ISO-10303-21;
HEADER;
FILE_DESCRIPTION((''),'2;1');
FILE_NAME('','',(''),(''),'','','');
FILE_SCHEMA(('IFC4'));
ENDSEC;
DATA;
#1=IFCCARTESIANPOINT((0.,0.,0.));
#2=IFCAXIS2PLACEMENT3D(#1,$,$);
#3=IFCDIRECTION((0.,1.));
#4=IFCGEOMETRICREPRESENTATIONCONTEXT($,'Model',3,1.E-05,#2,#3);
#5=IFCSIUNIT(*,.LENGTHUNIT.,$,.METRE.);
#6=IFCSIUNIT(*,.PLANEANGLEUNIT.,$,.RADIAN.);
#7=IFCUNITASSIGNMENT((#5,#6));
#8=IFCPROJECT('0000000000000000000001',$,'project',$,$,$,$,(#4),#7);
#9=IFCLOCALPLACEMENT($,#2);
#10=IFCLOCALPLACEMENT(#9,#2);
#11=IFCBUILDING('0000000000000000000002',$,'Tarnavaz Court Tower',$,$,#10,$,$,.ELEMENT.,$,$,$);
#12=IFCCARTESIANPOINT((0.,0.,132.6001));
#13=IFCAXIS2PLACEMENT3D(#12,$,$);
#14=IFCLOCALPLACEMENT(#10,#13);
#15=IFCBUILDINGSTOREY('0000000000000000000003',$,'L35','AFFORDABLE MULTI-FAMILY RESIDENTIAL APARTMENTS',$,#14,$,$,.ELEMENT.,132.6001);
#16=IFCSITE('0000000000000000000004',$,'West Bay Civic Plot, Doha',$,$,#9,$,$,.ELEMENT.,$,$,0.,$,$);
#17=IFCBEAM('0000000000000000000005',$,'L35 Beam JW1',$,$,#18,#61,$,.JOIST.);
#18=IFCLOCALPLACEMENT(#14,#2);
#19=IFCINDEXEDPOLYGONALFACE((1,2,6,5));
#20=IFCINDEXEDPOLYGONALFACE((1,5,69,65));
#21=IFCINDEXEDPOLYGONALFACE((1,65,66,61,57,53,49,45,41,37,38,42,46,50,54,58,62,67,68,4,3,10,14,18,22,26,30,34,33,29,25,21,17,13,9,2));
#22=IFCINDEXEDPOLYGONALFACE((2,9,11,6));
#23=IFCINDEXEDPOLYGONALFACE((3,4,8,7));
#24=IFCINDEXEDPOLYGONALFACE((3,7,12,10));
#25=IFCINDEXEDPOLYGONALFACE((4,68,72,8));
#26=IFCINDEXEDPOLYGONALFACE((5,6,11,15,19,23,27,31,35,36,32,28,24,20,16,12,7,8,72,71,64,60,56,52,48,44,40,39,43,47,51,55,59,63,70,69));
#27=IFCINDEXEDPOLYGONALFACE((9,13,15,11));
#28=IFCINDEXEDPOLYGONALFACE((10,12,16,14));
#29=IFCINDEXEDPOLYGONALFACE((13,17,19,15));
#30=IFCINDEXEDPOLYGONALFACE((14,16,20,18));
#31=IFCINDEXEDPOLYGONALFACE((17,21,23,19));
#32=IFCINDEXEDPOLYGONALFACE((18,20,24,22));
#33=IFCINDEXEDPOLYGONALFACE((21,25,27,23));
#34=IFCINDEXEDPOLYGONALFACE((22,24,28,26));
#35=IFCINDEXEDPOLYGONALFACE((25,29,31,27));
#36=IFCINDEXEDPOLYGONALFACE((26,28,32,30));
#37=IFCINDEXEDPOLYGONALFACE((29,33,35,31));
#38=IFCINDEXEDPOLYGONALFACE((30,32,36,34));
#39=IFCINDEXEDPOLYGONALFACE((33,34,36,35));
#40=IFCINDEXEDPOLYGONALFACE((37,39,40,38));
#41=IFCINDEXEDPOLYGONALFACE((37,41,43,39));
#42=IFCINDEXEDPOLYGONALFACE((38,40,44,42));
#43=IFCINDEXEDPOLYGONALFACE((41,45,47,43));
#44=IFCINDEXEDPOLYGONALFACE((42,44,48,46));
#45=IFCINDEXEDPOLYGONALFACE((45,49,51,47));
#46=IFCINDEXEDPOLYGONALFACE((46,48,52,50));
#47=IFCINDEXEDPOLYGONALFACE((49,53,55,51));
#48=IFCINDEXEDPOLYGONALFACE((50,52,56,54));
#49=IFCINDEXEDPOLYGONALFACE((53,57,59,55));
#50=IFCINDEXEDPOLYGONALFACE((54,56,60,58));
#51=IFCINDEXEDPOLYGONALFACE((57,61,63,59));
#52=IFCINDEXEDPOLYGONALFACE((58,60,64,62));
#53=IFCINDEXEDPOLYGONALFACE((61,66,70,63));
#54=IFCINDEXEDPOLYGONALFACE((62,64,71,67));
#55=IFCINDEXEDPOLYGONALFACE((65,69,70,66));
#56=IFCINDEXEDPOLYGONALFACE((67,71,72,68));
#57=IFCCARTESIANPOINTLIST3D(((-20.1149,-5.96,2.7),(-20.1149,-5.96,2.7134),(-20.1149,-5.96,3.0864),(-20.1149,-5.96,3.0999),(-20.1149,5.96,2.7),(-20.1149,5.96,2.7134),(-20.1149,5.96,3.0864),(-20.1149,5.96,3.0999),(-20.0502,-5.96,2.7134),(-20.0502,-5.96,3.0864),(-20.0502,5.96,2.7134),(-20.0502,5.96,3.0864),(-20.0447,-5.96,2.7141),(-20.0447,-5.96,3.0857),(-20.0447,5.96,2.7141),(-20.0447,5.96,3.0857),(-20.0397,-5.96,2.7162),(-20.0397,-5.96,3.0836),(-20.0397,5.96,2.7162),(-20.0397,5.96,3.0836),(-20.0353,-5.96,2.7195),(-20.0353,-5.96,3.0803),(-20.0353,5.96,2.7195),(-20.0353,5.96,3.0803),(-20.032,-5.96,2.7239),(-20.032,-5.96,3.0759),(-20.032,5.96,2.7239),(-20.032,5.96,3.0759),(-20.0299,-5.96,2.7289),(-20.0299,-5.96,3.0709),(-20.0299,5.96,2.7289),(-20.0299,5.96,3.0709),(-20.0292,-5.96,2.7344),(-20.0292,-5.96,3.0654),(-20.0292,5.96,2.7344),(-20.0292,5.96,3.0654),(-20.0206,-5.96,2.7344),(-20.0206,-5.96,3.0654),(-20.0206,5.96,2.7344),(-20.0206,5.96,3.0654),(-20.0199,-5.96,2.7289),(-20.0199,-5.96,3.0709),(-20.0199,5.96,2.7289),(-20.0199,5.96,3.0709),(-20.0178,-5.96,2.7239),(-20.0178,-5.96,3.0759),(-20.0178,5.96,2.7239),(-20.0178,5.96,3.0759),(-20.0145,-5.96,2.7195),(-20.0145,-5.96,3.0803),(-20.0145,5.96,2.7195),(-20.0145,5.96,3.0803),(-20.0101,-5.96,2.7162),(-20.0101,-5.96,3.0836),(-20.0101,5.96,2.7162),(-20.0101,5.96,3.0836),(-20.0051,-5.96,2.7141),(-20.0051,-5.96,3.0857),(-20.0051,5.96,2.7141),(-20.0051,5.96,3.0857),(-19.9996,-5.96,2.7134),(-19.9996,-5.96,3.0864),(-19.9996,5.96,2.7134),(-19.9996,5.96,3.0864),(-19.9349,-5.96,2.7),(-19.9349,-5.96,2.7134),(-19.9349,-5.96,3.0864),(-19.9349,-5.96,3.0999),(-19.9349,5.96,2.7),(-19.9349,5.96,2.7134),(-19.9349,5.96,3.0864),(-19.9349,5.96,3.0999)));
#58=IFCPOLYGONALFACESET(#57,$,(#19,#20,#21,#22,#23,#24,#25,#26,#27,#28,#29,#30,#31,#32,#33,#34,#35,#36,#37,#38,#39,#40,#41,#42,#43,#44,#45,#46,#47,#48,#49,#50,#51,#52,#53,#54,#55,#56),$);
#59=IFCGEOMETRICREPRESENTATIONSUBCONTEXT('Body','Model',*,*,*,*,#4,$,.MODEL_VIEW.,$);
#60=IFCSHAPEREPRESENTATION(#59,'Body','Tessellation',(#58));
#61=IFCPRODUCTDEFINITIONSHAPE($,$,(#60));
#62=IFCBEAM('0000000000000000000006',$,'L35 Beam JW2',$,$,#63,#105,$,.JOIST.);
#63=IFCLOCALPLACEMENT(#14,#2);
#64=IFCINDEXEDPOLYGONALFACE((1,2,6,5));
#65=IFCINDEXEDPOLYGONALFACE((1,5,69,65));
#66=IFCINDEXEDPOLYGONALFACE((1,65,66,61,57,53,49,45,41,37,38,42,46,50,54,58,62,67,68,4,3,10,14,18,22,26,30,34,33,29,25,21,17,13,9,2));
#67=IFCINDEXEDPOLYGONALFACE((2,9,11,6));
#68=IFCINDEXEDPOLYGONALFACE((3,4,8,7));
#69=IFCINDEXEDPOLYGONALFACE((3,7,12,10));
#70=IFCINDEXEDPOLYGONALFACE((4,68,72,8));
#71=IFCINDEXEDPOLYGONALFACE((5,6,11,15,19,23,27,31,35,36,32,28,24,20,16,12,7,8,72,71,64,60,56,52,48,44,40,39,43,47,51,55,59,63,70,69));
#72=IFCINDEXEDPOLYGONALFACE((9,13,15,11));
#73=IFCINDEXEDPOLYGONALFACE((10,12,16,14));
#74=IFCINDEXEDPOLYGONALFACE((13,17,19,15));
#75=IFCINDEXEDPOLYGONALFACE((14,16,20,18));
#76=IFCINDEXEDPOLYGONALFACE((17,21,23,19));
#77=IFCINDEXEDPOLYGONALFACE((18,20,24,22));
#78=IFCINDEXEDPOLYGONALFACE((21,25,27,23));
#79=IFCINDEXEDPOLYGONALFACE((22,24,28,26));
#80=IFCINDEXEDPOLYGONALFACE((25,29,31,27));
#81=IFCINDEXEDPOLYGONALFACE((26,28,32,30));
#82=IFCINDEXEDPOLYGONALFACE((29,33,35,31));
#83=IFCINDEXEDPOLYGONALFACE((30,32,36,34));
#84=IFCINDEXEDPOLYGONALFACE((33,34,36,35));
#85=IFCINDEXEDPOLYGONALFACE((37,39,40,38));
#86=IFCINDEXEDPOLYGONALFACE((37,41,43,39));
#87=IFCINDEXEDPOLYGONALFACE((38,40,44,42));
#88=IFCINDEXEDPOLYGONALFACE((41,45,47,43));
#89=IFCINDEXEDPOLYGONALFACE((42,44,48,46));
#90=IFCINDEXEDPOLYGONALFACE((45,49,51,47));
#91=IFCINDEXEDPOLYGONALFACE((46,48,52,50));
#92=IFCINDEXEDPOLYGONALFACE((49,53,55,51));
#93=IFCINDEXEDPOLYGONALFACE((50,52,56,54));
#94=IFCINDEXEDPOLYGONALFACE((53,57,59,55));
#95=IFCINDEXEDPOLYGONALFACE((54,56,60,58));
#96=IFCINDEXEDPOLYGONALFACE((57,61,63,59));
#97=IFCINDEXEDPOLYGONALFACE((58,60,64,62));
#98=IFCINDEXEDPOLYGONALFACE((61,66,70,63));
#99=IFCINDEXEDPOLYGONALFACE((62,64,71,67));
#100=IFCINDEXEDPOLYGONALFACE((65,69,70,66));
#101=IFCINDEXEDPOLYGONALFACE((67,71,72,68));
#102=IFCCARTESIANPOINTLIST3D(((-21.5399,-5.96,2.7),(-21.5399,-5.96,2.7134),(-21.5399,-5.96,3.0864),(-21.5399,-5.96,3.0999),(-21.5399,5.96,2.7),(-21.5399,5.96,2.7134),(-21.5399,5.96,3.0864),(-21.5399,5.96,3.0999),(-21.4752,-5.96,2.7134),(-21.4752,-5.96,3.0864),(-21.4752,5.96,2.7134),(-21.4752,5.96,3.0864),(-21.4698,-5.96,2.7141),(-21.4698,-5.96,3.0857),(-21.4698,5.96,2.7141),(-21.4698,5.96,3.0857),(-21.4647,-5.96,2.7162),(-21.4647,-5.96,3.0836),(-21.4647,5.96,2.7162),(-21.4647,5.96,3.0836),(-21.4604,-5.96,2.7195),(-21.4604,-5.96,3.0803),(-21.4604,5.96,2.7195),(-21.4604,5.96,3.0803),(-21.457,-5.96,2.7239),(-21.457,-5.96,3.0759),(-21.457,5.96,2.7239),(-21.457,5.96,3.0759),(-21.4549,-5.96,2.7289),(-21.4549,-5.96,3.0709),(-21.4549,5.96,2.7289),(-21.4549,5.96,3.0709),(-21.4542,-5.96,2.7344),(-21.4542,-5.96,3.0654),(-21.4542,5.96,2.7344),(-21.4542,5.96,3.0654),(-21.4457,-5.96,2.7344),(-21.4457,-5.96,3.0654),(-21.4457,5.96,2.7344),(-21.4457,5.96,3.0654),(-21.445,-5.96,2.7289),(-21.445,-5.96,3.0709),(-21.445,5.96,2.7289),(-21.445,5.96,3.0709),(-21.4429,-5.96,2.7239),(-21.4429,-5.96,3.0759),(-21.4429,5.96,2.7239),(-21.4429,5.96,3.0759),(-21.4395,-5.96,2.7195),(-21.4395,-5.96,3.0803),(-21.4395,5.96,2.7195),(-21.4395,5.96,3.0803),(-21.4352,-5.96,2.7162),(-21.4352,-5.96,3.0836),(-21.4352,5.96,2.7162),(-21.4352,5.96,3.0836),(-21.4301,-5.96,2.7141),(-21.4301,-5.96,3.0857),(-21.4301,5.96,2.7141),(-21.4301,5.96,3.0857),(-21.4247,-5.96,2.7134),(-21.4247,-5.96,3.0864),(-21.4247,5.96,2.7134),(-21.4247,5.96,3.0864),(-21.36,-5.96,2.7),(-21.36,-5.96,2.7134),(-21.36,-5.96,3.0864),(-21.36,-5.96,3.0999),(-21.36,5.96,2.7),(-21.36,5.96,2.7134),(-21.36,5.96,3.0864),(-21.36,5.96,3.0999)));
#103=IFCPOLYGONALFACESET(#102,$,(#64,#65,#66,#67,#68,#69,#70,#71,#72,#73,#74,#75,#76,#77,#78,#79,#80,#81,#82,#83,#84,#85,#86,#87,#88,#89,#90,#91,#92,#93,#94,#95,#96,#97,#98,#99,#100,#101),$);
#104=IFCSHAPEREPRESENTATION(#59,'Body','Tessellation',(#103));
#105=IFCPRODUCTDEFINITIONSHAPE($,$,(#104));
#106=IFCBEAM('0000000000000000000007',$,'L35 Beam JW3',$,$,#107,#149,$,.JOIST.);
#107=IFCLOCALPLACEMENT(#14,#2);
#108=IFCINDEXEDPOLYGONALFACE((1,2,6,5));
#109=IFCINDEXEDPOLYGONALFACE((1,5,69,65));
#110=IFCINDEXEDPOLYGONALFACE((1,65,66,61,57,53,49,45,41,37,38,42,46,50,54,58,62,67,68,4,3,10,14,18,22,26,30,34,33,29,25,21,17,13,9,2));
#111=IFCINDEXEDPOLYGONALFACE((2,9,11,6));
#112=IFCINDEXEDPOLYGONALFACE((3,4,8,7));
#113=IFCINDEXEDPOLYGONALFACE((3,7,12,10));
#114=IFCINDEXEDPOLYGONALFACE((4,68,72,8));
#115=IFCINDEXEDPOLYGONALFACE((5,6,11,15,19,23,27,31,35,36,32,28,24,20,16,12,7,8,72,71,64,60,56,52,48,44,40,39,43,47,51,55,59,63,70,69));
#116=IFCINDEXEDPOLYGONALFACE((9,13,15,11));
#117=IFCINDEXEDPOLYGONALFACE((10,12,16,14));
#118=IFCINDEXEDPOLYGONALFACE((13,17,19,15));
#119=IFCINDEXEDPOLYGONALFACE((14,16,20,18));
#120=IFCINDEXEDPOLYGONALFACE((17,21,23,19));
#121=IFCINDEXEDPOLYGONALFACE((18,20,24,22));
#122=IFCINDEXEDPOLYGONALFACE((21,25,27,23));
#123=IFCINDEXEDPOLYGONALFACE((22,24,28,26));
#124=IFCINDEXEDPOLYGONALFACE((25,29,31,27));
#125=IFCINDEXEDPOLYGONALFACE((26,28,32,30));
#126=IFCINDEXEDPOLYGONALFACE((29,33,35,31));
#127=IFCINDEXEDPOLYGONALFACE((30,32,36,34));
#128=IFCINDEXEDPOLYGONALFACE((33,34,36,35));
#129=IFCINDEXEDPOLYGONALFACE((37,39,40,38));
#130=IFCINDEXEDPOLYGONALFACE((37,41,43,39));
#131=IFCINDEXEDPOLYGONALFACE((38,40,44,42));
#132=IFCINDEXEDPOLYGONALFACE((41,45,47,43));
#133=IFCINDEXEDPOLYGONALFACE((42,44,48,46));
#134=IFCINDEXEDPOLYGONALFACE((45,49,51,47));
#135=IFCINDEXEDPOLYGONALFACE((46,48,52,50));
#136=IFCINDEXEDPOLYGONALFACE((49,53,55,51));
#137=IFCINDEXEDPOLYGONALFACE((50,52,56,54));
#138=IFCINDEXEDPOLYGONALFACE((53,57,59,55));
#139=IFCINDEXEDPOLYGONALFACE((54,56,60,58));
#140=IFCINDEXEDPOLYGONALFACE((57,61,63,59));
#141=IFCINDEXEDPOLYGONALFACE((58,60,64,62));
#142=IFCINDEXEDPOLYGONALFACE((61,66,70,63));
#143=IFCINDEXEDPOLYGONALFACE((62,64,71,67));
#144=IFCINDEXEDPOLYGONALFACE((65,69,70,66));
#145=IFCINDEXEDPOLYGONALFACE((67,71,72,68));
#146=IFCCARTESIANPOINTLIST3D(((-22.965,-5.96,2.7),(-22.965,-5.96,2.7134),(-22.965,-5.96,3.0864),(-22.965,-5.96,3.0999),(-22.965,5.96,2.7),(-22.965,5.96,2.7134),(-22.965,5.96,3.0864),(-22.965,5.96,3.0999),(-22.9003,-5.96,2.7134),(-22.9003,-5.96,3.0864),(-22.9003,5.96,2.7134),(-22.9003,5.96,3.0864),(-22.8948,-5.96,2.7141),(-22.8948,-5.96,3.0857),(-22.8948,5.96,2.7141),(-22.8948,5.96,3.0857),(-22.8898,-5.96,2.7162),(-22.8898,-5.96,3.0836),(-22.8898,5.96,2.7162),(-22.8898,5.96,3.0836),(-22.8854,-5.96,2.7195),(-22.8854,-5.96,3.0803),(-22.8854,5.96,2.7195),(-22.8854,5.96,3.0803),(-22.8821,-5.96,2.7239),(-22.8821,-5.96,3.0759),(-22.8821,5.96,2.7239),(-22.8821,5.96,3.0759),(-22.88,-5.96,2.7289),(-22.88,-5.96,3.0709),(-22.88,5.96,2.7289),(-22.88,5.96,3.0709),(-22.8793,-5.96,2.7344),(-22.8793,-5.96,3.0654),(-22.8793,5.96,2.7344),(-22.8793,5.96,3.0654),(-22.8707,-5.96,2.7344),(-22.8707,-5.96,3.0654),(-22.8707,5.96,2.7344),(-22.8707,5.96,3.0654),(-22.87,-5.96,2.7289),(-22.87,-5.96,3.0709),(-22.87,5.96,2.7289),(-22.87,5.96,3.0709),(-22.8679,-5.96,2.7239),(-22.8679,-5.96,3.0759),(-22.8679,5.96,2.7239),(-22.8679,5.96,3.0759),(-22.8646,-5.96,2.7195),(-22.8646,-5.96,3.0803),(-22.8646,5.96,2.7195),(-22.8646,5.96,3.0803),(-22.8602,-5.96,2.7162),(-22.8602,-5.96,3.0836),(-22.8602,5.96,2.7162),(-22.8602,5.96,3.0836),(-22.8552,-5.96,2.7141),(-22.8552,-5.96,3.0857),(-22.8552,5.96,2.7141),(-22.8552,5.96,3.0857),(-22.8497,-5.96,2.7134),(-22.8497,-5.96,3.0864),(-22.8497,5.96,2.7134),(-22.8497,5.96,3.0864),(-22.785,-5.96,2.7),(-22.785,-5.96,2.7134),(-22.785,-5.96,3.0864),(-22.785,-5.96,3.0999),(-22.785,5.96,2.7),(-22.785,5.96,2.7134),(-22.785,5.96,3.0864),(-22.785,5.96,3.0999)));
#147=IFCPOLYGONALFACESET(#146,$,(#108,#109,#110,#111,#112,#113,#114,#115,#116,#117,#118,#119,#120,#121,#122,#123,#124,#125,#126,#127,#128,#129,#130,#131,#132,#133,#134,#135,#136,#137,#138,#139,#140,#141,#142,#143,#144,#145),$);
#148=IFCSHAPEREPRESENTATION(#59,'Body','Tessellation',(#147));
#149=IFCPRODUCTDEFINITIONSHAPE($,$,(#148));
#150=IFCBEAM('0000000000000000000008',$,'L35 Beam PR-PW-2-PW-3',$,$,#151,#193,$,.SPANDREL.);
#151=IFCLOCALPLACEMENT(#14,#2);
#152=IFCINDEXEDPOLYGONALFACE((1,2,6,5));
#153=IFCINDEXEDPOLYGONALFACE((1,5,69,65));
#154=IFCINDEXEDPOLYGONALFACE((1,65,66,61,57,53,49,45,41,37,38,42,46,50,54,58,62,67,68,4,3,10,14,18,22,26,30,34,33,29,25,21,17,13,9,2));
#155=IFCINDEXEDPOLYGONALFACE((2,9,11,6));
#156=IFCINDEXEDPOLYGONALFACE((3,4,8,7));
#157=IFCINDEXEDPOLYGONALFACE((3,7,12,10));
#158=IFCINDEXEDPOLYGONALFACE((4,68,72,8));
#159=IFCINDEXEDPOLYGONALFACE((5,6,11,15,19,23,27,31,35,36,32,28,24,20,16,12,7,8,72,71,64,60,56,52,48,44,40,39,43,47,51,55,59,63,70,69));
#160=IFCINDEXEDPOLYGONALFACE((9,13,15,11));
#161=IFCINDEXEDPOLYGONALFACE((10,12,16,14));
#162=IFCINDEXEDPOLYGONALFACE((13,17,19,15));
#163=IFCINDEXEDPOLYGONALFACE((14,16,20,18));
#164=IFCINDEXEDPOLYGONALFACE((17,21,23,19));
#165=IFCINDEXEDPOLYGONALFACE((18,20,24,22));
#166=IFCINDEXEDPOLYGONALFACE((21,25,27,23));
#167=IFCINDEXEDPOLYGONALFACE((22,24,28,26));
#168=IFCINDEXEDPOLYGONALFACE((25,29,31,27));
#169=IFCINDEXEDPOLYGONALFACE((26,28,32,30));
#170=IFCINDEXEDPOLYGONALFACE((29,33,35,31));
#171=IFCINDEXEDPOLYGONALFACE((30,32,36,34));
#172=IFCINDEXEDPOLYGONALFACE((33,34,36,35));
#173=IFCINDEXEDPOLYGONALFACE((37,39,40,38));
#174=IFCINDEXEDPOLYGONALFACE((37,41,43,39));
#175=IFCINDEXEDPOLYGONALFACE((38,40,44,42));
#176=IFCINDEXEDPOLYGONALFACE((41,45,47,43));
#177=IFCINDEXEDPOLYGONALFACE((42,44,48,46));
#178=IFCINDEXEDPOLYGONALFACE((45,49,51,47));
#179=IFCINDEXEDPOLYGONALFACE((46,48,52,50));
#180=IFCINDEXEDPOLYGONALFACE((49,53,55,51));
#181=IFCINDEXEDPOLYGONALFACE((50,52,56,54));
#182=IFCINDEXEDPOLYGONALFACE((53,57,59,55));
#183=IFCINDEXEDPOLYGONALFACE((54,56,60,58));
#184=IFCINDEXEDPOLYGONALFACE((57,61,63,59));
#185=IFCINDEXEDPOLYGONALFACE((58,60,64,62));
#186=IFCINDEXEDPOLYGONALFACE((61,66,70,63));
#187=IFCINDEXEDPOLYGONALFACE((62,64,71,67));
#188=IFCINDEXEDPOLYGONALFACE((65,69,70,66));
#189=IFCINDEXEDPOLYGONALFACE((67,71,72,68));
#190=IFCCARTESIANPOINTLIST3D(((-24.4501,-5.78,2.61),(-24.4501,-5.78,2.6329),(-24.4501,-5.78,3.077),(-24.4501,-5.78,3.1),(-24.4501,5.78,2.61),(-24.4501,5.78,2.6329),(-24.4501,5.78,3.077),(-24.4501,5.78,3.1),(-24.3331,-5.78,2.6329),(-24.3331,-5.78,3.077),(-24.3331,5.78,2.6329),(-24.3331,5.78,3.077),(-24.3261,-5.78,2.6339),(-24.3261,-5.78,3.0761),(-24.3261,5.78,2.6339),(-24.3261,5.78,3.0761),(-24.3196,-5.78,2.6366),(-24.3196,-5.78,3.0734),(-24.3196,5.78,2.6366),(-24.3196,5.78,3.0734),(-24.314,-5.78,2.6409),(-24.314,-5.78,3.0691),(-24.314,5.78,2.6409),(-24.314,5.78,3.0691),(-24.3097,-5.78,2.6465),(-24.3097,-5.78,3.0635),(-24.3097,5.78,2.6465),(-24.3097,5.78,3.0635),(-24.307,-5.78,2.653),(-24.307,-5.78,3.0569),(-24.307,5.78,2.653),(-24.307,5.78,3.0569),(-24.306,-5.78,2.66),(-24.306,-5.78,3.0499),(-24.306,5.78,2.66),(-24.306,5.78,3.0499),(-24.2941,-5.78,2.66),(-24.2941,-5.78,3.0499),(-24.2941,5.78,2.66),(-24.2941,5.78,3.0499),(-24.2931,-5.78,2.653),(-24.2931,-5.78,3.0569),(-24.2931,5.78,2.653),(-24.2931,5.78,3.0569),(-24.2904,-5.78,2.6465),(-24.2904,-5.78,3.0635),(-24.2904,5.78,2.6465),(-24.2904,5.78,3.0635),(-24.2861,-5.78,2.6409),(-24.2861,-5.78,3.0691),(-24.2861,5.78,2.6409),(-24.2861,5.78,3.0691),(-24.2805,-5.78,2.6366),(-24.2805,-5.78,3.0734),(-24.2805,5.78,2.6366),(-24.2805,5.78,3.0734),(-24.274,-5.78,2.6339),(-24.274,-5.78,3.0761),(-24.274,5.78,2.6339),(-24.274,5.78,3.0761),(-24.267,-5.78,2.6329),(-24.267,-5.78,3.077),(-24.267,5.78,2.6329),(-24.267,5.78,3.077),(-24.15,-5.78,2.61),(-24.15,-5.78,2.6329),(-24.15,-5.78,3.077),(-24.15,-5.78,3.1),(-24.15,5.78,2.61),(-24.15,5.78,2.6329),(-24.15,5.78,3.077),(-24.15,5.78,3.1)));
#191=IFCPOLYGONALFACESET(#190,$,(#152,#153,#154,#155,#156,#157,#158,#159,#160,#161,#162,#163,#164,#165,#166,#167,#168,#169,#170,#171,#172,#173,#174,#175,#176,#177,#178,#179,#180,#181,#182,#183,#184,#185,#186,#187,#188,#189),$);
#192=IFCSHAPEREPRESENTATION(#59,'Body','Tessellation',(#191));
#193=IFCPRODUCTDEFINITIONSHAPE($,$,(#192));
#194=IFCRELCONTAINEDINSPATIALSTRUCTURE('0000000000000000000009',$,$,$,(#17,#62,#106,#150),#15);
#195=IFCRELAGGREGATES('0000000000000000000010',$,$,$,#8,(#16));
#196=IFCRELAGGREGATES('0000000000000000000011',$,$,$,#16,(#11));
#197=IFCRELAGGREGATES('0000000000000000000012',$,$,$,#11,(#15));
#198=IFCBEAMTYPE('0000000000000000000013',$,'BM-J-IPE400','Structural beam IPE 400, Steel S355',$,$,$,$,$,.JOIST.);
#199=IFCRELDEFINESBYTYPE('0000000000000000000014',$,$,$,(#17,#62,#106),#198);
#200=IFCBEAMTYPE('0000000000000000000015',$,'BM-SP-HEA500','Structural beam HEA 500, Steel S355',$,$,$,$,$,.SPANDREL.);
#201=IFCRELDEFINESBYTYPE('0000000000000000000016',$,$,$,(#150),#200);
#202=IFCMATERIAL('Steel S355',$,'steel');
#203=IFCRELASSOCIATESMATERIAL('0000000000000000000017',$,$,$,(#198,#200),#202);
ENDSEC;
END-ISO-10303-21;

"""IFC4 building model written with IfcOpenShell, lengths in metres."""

from ifc_helpers import new_model, si_unit, direction, frame, origin, origin_2d, place, context, subcontext, project, spatial, i_section, extrude, material, material_profile, profile_set, type_object, element, save


model = new_model("IFC4")

# Units and contexts
model_context = context("Model", 3, precision=1e-05, world=origin(), true_north=direction((0.0, 1.0)))
body_context = subcontext(model_context, "Body", "Model", "MODEL_VIEW")
ifc_project = project(units=[si_unit("LENGTHUNIT", "METRE"), si_unit("PLANEANGLEUNIT", "RADIAN")], contexts=[model_context])

# Site, building, storey
site_placement = place(None, origin())
site = spatial("IfcSite", under=ifc_project, at=site_placement, Name="West Bay Civic Plot, Doha", CompositionType="ELEMENT", RefElevation=0.0)
building_placement = place(site_placement, origin())
building = spatial("IfcBuilding", under=site, at=building_placement, Name="Tarnavaz Court Tower", CompositionType="ELEMENT")
storey_placement = place(building_placement, frame((0.0, 0.0, 132.6001)))
storey = spatial("IfcBuildingStorey", under=building, at=storey_placement, Name="L35", Description="AFFORDABLE MULTI-FAMILY RESIDENTIAL APARTMENTS", CompositionType="ELEMENT", Elevation=132.6001)

# Beams
ifc_material_1 = material(Name="Steel S355", Category="steel")
ifc_material_profile_1 = material_profile(ifc_material_1, i_section(OverallWidth=0.1799, OverallDepth=0.3999, WebThickness=0.0085, FlangeThickness=0.0134, FilletRadius=0.021, at=origin_2d()), Name="IPE 400")
ifc_profile_set_1 = profile_set([ifc_material_profile_1], Name="Steel S355")
beam_type_1 = type_object("IfcBeamType", Name="BM-J-IPE400", Description="Structural beam IPE 400, Steel S355", PredefinedType="JOIST", material=ifc_profile_set_1)
for number, where, z_axis, x_axis, name in (
    (1, (-20.0249, -5.96, 2.8999), (0.0, 1.0, 0.0), (-1.0, 0.0, 0.0), "L35 Beam JW1"),
    (2, (-21.45, -5.96, 2.8999), (0.0, 1.0, 0.0), (-1.0, 0.0, 0.0), "L35 Beam JW2"),
    (3, (-22.875, -5.96, 2.8999), (0.0, 1.0, 0.0), (-1.0, 0.0, 0.0), "L35 Beam JW3"),
):
    element("IfcBeam", number, at=place(storey_placement, frame(where, z_axis=z_axis, x_axis=x_axis)), inside=storey, type_object=beam_type_1, Name=name, PredefinedType="JOIST", context=body_context, shape_type="SweptSolid", body=[
        extrude(i_section(OverallWidth=0.1799, OverallDepth=0.3999, WebThickness=0.0085, FlangeThickness=0.0134, FilletRadius=0.021, at=origin_2d()), origin(), (0.0, 0.0, 1.0), 11.9199),
    ])
ifc_material_profile_2 = material_profile(ifc_material_1, i_section(OverallWidth=0.3, OverallDepth=0.49, WebThickness=0.012, FlangeThickness=0.0229, FilletRadius=0.0271, at=origin_2d()), Name="HEA 500")
ifc_profile_set_2 = profile_set([ifc_material_profile_2], Name="Steel S355")
beam_type_2 = type_object("IfcBeamType", Name="BM-SP-HEA500", Description="Structural beam HEA 500, Steel S355", PredefinedType="SPANDREL", material=ifc_profile_set_2)
beam_1_placement = place(storey_placement, frame((-24.3, -5.78, 2.855), z_axis=(0.0, 1.0, 0.0), x_axis=(-1.0, 0.0, 0.0)))
element("IfcBeam", 4, at=beam_1_placement, inside=storey, type_object=beam_type_2, Name="L35 Beam PR-PW-2-PW-3", PredefinedType="SPANDREL", context=body_context, shape_type="SweptSolid", body=[
    extrude(i_section(OverallWidth=0.3, OverallDepth=0.49, WebThickness=0.012, FlangeThickness=0.0229, FilletRadius=0.0271, at=origin_2d()), origin(), (0.0, 0.0, 1.0), 11.5601),
])

save(model, "model.ifc")
